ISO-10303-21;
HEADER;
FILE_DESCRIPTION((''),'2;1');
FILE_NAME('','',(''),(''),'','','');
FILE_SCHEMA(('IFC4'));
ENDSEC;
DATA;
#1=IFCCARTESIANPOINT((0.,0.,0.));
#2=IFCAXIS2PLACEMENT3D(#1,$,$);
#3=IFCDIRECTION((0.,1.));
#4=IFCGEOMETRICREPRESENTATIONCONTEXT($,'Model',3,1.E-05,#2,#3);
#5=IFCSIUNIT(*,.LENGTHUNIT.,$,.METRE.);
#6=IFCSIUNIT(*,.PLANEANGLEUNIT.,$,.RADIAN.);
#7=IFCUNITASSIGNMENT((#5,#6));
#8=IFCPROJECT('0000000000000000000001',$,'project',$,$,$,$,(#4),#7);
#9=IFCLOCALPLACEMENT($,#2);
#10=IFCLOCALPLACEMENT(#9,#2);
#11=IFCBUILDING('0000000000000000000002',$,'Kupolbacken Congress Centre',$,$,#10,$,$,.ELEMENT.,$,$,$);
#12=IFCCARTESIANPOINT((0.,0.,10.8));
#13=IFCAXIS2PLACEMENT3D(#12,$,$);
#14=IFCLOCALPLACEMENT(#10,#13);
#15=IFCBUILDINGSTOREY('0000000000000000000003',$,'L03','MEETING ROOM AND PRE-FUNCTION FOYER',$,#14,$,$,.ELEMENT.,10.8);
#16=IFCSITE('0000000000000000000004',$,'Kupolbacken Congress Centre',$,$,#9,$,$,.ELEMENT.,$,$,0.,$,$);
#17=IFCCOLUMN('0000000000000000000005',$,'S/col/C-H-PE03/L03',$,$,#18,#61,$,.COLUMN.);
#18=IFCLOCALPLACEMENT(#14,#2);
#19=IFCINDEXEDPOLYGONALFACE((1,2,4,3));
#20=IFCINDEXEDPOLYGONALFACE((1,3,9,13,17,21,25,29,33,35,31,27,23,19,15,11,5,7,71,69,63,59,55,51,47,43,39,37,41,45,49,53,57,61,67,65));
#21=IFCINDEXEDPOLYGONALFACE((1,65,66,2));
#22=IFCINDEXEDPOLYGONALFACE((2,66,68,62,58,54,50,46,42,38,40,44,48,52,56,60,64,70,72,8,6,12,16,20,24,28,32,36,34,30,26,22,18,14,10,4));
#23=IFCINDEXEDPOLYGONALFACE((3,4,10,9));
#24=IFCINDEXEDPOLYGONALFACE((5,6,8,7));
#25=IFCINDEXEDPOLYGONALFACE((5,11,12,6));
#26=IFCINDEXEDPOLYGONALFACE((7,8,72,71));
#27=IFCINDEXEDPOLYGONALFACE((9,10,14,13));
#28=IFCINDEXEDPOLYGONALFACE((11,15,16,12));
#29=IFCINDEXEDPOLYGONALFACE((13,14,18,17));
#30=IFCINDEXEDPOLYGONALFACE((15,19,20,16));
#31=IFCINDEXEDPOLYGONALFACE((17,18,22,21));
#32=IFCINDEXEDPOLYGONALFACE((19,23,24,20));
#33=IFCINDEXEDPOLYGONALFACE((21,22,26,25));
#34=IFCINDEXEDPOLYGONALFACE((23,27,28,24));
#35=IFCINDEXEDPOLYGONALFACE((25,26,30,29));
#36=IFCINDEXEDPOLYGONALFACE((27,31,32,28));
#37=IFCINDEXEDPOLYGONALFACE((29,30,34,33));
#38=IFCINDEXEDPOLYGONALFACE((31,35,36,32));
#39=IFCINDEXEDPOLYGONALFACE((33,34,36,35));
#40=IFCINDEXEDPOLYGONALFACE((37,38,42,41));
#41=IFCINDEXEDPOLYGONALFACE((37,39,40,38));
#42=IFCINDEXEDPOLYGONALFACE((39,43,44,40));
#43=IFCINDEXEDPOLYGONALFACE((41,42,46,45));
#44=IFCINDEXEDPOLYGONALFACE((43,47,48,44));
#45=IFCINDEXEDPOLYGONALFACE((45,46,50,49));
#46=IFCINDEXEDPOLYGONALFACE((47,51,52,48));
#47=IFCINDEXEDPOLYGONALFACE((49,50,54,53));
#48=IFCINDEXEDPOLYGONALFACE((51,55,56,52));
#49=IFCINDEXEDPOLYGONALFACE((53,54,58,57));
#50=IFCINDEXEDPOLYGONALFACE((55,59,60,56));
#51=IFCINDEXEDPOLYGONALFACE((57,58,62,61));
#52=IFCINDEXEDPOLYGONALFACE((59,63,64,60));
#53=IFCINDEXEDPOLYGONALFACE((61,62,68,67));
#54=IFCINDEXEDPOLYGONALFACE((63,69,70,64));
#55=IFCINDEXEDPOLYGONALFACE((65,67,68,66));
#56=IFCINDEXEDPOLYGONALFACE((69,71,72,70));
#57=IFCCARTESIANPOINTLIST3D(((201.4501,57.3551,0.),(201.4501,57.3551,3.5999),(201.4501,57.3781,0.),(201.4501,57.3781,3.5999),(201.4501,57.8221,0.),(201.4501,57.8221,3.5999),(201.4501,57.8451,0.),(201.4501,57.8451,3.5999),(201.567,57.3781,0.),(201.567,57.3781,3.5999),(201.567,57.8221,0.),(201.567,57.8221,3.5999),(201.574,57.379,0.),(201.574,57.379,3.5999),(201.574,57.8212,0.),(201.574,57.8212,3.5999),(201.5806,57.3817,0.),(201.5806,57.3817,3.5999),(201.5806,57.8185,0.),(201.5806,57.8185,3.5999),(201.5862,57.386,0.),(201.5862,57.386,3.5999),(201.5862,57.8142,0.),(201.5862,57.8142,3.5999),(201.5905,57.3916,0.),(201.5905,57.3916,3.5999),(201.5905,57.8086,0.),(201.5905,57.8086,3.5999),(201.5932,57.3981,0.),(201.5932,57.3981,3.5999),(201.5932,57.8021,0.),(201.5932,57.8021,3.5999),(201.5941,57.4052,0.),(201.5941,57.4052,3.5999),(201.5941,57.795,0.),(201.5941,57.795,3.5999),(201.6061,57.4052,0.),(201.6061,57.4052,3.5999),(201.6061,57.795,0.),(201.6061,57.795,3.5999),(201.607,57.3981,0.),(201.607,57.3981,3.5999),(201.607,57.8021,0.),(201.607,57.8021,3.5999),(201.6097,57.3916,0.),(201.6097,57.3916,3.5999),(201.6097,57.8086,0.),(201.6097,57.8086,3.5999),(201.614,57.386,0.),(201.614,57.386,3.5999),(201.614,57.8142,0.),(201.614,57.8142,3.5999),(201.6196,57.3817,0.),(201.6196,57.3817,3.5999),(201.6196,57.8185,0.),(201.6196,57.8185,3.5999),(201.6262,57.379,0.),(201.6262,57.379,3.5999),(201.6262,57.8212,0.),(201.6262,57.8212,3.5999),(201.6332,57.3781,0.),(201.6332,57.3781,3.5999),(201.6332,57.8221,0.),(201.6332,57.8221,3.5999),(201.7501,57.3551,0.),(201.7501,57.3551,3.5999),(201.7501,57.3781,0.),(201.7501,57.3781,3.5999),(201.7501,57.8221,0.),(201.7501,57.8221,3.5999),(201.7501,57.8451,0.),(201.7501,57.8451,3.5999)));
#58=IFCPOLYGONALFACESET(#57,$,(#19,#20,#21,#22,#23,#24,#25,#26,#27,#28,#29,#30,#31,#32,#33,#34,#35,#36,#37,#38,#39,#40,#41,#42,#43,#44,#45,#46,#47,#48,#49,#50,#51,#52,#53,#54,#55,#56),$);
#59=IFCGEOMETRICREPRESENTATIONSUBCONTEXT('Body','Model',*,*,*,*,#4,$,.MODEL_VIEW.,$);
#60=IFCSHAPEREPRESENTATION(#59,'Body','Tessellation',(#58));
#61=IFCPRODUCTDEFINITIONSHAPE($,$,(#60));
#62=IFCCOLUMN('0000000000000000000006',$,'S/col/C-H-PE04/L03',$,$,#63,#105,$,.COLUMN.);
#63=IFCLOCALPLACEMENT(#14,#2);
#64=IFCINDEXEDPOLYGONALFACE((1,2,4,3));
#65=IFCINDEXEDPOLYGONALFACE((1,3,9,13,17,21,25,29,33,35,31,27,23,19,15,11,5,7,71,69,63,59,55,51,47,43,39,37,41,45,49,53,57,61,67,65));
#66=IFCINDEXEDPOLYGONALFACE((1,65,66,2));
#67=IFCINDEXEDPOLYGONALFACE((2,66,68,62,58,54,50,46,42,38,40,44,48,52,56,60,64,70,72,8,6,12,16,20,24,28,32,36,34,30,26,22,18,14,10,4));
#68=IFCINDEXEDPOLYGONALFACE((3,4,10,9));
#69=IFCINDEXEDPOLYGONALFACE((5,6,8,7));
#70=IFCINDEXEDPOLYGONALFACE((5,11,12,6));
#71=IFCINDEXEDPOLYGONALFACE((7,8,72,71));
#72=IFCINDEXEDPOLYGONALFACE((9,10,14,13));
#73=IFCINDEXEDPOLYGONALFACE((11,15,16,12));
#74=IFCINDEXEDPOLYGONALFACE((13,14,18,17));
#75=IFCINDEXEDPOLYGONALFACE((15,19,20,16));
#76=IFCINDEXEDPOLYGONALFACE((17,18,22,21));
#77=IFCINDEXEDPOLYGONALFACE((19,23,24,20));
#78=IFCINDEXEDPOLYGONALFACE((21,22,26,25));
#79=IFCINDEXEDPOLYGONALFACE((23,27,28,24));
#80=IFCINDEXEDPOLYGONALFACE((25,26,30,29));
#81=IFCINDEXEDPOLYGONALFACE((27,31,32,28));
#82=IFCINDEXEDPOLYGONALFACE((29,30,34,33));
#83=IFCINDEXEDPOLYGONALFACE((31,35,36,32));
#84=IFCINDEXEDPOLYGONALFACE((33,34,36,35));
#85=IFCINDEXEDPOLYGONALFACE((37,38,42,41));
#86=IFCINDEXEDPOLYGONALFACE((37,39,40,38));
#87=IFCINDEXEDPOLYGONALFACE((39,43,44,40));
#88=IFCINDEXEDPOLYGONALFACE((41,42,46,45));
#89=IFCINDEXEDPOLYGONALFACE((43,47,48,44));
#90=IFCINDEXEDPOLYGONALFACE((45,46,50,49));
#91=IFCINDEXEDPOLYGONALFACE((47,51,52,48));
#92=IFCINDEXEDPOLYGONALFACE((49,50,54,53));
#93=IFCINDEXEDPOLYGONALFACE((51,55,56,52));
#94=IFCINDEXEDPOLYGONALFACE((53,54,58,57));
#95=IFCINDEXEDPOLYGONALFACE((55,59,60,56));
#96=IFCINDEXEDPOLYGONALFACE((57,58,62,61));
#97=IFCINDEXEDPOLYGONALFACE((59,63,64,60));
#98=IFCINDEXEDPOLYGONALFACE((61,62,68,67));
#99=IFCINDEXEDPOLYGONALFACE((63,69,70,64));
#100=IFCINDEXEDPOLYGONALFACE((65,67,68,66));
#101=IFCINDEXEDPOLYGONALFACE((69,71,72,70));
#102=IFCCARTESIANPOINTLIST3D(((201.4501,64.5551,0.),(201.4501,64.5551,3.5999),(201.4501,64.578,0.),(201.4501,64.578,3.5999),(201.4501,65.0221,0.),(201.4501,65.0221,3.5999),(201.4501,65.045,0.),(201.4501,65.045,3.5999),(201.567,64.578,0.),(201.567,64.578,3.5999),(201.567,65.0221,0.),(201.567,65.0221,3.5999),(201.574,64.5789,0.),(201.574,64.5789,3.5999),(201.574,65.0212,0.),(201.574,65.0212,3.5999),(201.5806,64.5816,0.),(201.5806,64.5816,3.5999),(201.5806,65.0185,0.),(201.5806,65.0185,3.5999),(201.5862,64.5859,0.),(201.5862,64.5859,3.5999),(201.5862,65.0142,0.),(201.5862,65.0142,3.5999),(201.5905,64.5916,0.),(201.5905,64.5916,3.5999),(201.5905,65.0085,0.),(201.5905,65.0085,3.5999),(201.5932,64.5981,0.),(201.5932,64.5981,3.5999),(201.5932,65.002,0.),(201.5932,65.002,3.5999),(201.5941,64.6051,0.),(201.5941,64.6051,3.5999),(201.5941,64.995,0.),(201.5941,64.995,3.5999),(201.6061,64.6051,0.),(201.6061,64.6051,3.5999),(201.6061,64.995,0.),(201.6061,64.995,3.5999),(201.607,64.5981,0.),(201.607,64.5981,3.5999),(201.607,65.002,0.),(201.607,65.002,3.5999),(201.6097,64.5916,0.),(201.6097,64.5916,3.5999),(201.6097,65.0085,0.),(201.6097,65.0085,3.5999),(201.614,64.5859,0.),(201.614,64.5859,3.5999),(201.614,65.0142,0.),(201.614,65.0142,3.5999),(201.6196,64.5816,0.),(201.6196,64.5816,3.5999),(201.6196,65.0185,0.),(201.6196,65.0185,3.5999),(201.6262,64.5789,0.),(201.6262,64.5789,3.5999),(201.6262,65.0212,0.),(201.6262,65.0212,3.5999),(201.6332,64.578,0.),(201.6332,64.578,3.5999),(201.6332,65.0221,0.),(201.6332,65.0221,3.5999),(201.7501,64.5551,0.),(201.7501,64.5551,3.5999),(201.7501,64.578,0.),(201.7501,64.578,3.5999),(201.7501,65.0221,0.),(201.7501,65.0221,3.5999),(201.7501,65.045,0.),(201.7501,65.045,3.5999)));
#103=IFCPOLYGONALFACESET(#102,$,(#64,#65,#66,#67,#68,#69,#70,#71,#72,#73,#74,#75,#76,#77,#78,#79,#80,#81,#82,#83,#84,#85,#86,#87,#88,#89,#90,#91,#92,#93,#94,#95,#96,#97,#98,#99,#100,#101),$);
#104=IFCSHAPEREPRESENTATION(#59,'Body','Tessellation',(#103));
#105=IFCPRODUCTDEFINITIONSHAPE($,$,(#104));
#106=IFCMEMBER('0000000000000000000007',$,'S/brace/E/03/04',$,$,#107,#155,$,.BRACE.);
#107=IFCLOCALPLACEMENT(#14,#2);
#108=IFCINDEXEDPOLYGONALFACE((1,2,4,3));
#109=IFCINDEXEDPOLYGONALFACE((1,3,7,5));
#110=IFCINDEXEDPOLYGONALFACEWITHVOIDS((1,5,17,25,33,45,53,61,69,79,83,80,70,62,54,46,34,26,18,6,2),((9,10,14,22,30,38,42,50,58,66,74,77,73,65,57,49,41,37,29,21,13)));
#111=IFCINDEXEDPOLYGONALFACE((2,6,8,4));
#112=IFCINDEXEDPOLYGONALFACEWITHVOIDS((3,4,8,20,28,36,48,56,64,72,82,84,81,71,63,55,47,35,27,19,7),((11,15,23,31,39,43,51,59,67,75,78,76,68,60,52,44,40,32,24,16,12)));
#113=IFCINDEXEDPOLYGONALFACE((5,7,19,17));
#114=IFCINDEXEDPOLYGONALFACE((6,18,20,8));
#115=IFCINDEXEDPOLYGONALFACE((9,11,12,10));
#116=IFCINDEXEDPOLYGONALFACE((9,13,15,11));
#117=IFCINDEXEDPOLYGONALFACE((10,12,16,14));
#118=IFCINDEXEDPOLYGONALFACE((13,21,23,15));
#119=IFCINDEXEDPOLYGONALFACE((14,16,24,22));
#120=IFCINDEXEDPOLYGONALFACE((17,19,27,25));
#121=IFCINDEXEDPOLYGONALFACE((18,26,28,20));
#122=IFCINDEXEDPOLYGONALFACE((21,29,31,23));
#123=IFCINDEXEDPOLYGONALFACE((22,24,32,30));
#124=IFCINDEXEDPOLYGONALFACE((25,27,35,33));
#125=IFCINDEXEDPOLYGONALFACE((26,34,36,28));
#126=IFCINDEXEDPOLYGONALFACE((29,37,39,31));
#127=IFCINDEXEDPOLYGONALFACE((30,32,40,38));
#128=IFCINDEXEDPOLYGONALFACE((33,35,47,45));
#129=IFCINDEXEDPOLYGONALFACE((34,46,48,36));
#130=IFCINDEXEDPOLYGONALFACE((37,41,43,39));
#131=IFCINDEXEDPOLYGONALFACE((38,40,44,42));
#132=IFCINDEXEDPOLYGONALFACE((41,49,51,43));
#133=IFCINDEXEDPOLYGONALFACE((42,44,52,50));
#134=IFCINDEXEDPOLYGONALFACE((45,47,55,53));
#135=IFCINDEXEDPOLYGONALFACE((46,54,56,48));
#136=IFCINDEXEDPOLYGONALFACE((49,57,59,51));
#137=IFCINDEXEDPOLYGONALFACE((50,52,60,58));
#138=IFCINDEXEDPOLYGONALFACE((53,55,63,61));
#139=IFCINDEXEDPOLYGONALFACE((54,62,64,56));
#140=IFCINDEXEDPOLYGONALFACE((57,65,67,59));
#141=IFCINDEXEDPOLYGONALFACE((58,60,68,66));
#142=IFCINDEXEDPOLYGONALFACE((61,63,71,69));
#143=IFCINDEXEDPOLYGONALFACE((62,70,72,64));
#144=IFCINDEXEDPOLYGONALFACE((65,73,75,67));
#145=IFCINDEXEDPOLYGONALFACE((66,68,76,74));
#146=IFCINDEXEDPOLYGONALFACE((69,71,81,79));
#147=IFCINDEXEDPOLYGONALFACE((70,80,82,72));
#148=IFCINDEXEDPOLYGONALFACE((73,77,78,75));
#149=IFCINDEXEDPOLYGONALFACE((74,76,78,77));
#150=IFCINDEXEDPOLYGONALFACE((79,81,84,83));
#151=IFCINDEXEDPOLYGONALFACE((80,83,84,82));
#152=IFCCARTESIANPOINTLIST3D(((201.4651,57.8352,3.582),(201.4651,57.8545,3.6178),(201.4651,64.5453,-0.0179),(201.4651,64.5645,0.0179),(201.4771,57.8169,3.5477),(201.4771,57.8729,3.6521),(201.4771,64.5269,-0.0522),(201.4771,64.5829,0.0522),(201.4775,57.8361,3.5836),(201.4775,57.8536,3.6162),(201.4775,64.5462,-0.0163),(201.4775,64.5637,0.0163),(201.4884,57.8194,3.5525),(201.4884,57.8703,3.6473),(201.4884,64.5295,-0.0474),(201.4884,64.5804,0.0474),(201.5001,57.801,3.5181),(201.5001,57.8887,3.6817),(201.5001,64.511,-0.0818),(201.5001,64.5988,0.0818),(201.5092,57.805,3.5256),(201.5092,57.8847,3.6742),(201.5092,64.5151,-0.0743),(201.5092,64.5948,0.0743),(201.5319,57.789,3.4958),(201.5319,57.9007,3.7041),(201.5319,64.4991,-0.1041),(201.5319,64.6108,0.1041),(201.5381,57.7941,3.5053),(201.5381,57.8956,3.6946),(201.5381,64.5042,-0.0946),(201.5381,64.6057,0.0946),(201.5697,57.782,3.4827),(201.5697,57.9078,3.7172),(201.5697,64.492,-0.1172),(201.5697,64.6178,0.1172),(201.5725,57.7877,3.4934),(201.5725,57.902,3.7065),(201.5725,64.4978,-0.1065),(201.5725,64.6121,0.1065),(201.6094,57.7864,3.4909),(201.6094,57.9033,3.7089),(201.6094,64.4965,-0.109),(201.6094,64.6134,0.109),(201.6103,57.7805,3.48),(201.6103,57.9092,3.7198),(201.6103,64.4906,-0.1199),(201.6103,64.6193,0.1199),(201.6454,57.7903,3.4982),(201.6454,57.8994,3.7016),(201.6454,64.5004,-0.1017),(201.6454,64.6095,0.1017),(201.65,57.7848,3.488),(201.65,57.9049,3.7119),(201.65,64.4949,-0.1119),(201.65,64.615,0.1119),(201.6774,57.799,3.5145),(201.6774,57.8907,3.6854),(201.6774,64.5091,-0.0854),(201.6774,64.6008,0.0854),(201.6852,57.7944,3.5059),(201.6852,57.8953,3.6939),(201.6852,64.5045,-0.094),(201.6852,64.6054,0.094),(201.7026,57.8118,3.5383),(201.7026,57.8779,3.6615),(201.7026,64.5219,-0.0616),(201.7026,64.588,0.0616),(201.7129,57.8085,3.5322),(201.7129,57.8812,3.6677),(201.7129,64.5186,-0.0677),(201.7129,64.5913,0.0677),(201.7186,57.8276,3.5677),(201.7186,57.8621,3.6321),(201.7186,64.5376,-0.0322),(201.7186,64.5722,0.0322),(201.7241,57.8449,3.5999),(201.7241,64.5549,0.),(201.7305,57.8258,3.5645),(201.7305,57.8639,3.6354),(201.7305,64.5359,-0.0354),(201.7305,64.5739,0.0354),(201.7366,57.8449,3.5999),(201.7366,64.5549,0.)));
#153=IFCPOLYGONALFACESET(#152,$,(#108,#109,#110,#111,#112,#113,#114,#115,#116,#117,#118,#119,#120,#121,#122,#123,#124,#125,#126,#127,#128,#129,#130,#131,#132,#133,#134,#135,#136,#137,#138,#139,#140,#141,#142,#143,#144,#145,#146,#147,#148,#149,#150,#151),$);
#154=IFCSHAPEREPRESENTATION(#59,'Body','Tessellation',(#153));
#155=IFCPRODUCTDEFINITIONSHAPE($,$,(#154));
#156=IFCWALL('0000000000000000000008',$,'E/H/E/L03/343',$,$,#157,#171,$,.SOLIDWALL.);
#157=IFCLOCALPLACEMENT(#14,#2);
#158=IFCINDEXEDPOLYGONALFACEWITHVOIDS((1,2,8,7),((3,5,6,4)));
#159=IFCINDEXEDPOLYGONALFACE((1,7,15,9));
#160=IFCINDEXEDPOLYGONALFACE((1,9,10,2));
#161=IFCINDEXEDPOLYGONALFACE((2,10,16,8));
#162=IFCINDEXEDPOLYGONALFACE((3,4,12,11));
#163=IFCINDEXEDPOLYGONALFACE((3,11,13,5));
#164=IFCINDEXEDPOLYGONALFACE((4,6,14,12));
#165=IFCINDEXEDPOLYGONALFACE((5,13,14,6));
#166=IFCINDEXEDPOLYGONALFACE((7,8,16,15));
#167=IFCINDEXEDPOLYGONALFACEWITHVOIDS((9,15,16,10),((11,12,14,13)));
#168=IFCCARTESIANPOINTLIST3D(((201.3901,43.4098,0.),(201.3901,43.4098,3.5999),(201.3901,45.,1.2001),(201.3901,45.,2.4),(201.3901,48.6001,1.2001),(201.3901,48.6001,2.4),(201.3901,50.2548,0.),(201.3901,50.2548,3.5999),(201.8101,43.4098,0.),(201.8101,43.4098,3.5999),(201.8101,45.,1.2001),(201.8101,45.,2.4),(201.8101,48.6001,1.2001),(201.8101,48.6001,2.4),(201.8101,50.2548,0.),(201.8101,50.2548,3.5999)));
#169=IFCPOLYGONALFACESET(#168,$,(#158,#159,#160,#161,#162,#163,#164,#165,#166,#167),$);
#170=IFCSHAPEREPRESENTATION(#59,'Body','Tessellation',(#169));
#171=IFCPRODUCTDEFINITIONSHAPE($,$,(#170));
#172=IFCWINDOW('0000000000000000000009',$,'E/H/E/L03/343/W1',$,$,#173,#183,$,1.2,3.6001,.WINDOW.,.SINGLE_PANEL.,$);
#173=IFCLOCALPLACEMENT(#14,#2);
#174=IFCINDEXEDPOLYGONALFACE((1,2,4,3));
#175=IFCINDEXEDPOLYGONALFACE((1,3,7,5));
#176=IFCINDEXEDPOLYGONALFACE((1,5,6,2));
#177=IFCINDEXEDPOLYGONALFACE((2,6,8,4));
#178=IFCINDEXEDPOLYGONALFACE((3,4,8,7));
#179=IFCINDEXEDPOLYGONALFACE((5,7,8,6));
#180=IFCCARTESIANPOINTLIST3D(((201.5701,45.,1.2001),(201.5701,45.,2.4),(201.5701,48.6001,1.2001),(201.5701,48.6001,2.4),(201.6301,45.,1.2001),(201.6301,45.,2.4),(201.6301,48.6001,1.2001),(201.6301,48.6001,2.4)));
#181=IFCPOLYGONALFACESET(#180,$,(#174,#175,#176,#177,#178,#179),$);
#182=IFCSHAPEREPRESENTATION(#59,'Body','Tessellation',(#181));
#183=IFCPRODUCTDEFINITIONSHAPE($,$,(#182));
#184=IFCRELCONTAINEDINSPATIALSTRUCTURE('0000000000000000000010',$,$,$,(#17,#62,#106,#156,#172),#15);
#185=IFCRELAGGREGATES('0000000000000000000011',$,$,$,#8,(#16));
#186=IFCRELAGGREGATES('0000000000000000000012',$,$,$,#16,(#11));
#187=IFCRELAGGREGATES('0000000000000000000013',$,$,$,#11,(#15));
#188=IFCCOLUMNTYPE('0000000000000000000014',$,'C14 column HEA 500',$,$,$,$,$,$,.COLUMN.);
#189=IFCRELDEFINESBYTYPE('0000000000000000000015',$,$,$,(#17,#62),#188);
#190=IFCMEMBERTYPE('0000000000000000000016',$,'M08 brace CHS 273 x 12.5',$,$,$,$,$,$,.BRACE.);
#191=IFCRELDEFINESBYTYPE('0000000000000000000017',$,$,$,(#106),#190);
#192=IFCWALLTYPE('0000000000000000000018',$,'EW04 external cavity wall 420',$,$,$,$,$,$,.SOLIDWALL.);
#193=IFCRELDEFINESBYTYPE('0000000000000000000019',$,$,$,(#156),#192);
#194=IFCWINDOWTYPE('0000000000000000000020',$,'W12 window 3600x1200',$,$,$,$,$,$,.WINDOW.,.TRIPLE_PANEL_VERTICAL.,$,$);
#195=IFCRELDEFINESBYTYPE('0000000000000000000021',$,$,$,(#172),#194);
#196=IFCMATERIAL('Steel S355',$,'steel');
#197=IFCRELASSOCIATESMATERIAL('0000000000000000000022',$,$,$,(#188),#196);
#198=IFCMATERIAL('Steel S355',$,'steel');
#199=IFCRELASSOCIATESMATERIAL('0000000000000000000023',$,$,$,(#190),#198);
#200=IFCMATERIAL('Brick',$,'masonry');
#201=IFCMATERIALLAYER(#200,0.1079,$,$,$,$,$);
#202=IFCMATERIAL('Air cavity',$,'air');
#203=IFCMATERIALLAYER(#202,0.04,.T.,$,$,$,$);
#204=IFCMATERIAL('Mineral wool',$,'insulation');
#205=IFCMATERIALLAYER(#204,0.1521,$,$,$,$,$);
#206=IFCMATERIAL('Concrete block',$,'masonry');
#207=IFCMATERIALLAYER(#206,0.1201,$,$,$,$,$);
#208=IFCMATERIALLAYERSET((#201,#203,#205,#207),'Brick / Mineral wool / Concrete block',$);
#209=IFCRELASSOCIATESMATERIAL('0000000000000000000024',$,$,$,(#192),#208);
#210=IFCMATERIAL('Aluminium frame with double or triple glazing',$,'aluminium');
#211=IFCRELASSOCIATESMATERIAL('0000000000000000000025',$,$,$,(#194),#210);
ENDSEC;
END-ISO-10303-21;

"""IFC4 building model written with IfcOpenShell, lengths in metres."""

from ifc_helpers import new_model, si_unit, direction, frame, frame_2d, origin, origin_2d, place, context, subcontext, project, spatial, rectangle, hollow_circle, i_section, extrude, material, layer, layer_set, material_profile, profile_set, type_object, element, fill, save


model = new_model("IFC4")

# Units and contexts
model_context = context("Model", 3, precision=1e-05, world=origin(), true_north=direction((0.0, 1.0)))
body_context = subcontext(model_context, "Body", "Model", "MODEL_VIEW")
ifc_project = project(units=[si_unit("LENGTHUNIT", "METRE"), si_unit("PLANEANGLEUNIT", "RADIAN")], contexts=[model_context])

# Site, building, storey
site_placement = place(None, origin())
site = spatial("IfcSite", under=ifc_project, at=site_placement, Name="Kupolbacken Congress Centre", CompositionType="ELEMENT", RefElevation=0.0)
building_placement = place(site_placement, origin())
building = spatial("IfcBuilding", under=site, at=building_placement, Name="Kupolbacken Congress Centre", CompositionType="ELEMENT")
storey_placement = place(building_placement, frame((0.0, 0.0, 10.8)))
storey = spatial("IfcBuildingStorey", under=building, at=storey_placement, Name="L03", Description="MEETING ROOM AND PRE-FUNCTION FOYER", CompositionType="ELEMENT", Elevation=10.8)

# Columns
ifc_material_1 = material(Name="Steel S355", Category="steel")
ifc_material_profile_1 = material_profile(ifc_material_1, i_section(OverallWidth=0.3, OverallDepth=0.49, WebThickness=0.012, FlangeThickness=0.0229, FilletRadius=0.0271, at=origin_2d()), Name="HEA 500")
ifc_profile_set_1 = profile_set([ifc_material_profile_1], Name="Steel S355")
column_type_1 = type_object("IfcColumnType", Name="C14 column HEA 500", PredefinedType="COLUMN", material=ifc_profile_set_1)
for number, where, z_axis, x_axis, name in (
    (1, (201.6001, 57.6001, 0.0), (0.0, 0.0, 1.0), (1.0, 0.0, 0.0), "S/col/C-H-PE03/L03"),
    (2, (201.6001, 64.8, 0.0), (0.0, 0.0, 1.0), (1.0, 0.0, 0.0), "S/col/C-H-PE04/L03"),
):
    element("IfcColumn", number, at=place(storey_placement, frame(where, z_axis=z_axis, x_axis=x_axis)), inside=storey, type_object=column_type_1, Name=name, PredefinedType="COLUMN", context=body_context, shape_type="SweptSolid", body=[
        extrude(i_section(OverallWidth=0.3, OverallDepth=0.49, WebThickness=0.012, FlangeThickness=0.0229, FilletRadius=0.0271, at=origin_2d()), origin(), (0.0, 0.0, 1.0), 3.5999),
    ])

# Member
ifc_material_2 = material(Name="Steel S355", Category="steel")
ifc_material_profile_2 = material_profile(ifc_material_2, hollow_circle(Radius=0.1365, WallThickness=0.0125, at=origin_2d()), Name="CHS 273 x 12.5")
ifc_profile_set_2 = profile_set([ifc_material_profile_2], Name="Steel S355")
member_type = type_object("IfcMemberType", Name="M08 brace CHS 273 x 12.5", PredefinedType="BRACE", material=ifc_profile_set_2)
member_placement = place(storey_placement, frame((201.6001, 64.5549, 0.0), z_axis=(0.0, -0.881194, 0.472755), x_axis=(1.0, 0.0, 0.0)))
element("IfcMember", 3, at=member_placement, inside=storey, type_object=member_type, Name="S/brace/E/03/04", PredefinedType="BRACE", context=body_context, shape_type="SweptSolid", body=[
    extrude(hollow_circle(Radius=0.1365, WallThickness=0.0125, at=origin_2d()), origin(), (0.0, 0.0, 1.0), 7.6147),
])

# Wall, opening, window
ifc_material_3 = material(Name="Brick", Category="masonry")
ifc_layer_1 = layer(ifc_material_3, 0.1079)
ifc_material_4 = material(Name="Air cavity", Category="air")
ifc_layer_2 = layer(ifc_material_4, 0.04, ventilated=True)
ifc_material_5 = material(Name="Mineral wool", Category="insulation")
ifc_layer_3 = layer(ifc_material_5, 0.1521)
ifc_material_6 = material(Name="Concrete block", Category="masonry")
ifc_layer_4 = layer(ifc_material_6, 0.1201)
ifc_layer_set_1 = layer_set([ifc_layer_1, ifc_layer_2, ifc_layer_3, ifc_layer_4], Name="Brick / Mineral wool / Concrete block")
wall_type = type_object("IfcWallType", Name="EW04 external cavity wall 420", PredefinedType="SOLIDWALL", material=ifc_layer_set_1)
wall_1_placement = place(storey_placement, frame((201.6001, 43.4099, 0.0), z_axis=(0.0, 0.0, 1.0), x_axis=(0.0, 1.0, 0.0)))
wall_1 = element("IfcWall", 4, at=wall_1_placement, inside=storey, type_object=wall_type, Name="E/H/E/L03/343", PredefinedType="SOLIDWALL", context=body_context, shape_type="SweptSolid", body=[
    extrude(rectangle(XDim=6.845, YDim=0.4199, at=frame_2d((3.4224, 0.0))), origin(), (0.0, 0.0, 1.0), 3.5999),
])
opening_1_placement = place(wall_1_placement, frame((1.5901, 0.0, 1.2)))
opening_1 = element("IfcOpeningElement", 5, at=opening_1_placement, cuts=wall_1, PredefinedType="OPENING", context=body_context, shape_type="SweptSolid", body=[
    extrude(rectangle(XDim=3.6001, YDim=1.2, at=frame_2d((1.8, 0.6001))), frame((0.0, 0.22, 0.0), z_axis=(0.0, -1.0, 0.0), x_axis=(1.0, 0.0, 0.0)), (0.0, 0.0, 1.0), 0.4399),
])
ifc_material_7 = material(Name="Aluminium frame with double or triple glazing", Category="aluminium")
window_type = type_object("IfcWindowType", Name="W12 window 3600x1200", PartitioningType="TRIPLE_PANEL_VERTICAL", PredefinedType="WINDOW", material=ifc_material_7)
window_1_placement = place(opening_1_placement, origin())
window_1 = element("IfcWindow", 6, at=window_1_placement, inside=storey, type_object=window_type, Name="E/H/E/L03/343/W1", OverallHeight=1.2, OverallWidth=3.6001, PartitioningType="SINGLE_PANEL", PredefinedType="WINDOW", context=body_context, shape_type="SweptSolid", body=[
    extrude(rectangle(XDim=3.6001, YDim=1.2, at=frame_2d((1.8, 0.6001))), frame((0.0, 0.03, 0.0), z_axis=(0.0, -1.0, 0.0), x_axis=(1.0, 0.0, 0.0)), (0.0, 0.0, 1.0), 0.0601),
])
fill(opening_1, window_1)

save(model, "model.ifc")
